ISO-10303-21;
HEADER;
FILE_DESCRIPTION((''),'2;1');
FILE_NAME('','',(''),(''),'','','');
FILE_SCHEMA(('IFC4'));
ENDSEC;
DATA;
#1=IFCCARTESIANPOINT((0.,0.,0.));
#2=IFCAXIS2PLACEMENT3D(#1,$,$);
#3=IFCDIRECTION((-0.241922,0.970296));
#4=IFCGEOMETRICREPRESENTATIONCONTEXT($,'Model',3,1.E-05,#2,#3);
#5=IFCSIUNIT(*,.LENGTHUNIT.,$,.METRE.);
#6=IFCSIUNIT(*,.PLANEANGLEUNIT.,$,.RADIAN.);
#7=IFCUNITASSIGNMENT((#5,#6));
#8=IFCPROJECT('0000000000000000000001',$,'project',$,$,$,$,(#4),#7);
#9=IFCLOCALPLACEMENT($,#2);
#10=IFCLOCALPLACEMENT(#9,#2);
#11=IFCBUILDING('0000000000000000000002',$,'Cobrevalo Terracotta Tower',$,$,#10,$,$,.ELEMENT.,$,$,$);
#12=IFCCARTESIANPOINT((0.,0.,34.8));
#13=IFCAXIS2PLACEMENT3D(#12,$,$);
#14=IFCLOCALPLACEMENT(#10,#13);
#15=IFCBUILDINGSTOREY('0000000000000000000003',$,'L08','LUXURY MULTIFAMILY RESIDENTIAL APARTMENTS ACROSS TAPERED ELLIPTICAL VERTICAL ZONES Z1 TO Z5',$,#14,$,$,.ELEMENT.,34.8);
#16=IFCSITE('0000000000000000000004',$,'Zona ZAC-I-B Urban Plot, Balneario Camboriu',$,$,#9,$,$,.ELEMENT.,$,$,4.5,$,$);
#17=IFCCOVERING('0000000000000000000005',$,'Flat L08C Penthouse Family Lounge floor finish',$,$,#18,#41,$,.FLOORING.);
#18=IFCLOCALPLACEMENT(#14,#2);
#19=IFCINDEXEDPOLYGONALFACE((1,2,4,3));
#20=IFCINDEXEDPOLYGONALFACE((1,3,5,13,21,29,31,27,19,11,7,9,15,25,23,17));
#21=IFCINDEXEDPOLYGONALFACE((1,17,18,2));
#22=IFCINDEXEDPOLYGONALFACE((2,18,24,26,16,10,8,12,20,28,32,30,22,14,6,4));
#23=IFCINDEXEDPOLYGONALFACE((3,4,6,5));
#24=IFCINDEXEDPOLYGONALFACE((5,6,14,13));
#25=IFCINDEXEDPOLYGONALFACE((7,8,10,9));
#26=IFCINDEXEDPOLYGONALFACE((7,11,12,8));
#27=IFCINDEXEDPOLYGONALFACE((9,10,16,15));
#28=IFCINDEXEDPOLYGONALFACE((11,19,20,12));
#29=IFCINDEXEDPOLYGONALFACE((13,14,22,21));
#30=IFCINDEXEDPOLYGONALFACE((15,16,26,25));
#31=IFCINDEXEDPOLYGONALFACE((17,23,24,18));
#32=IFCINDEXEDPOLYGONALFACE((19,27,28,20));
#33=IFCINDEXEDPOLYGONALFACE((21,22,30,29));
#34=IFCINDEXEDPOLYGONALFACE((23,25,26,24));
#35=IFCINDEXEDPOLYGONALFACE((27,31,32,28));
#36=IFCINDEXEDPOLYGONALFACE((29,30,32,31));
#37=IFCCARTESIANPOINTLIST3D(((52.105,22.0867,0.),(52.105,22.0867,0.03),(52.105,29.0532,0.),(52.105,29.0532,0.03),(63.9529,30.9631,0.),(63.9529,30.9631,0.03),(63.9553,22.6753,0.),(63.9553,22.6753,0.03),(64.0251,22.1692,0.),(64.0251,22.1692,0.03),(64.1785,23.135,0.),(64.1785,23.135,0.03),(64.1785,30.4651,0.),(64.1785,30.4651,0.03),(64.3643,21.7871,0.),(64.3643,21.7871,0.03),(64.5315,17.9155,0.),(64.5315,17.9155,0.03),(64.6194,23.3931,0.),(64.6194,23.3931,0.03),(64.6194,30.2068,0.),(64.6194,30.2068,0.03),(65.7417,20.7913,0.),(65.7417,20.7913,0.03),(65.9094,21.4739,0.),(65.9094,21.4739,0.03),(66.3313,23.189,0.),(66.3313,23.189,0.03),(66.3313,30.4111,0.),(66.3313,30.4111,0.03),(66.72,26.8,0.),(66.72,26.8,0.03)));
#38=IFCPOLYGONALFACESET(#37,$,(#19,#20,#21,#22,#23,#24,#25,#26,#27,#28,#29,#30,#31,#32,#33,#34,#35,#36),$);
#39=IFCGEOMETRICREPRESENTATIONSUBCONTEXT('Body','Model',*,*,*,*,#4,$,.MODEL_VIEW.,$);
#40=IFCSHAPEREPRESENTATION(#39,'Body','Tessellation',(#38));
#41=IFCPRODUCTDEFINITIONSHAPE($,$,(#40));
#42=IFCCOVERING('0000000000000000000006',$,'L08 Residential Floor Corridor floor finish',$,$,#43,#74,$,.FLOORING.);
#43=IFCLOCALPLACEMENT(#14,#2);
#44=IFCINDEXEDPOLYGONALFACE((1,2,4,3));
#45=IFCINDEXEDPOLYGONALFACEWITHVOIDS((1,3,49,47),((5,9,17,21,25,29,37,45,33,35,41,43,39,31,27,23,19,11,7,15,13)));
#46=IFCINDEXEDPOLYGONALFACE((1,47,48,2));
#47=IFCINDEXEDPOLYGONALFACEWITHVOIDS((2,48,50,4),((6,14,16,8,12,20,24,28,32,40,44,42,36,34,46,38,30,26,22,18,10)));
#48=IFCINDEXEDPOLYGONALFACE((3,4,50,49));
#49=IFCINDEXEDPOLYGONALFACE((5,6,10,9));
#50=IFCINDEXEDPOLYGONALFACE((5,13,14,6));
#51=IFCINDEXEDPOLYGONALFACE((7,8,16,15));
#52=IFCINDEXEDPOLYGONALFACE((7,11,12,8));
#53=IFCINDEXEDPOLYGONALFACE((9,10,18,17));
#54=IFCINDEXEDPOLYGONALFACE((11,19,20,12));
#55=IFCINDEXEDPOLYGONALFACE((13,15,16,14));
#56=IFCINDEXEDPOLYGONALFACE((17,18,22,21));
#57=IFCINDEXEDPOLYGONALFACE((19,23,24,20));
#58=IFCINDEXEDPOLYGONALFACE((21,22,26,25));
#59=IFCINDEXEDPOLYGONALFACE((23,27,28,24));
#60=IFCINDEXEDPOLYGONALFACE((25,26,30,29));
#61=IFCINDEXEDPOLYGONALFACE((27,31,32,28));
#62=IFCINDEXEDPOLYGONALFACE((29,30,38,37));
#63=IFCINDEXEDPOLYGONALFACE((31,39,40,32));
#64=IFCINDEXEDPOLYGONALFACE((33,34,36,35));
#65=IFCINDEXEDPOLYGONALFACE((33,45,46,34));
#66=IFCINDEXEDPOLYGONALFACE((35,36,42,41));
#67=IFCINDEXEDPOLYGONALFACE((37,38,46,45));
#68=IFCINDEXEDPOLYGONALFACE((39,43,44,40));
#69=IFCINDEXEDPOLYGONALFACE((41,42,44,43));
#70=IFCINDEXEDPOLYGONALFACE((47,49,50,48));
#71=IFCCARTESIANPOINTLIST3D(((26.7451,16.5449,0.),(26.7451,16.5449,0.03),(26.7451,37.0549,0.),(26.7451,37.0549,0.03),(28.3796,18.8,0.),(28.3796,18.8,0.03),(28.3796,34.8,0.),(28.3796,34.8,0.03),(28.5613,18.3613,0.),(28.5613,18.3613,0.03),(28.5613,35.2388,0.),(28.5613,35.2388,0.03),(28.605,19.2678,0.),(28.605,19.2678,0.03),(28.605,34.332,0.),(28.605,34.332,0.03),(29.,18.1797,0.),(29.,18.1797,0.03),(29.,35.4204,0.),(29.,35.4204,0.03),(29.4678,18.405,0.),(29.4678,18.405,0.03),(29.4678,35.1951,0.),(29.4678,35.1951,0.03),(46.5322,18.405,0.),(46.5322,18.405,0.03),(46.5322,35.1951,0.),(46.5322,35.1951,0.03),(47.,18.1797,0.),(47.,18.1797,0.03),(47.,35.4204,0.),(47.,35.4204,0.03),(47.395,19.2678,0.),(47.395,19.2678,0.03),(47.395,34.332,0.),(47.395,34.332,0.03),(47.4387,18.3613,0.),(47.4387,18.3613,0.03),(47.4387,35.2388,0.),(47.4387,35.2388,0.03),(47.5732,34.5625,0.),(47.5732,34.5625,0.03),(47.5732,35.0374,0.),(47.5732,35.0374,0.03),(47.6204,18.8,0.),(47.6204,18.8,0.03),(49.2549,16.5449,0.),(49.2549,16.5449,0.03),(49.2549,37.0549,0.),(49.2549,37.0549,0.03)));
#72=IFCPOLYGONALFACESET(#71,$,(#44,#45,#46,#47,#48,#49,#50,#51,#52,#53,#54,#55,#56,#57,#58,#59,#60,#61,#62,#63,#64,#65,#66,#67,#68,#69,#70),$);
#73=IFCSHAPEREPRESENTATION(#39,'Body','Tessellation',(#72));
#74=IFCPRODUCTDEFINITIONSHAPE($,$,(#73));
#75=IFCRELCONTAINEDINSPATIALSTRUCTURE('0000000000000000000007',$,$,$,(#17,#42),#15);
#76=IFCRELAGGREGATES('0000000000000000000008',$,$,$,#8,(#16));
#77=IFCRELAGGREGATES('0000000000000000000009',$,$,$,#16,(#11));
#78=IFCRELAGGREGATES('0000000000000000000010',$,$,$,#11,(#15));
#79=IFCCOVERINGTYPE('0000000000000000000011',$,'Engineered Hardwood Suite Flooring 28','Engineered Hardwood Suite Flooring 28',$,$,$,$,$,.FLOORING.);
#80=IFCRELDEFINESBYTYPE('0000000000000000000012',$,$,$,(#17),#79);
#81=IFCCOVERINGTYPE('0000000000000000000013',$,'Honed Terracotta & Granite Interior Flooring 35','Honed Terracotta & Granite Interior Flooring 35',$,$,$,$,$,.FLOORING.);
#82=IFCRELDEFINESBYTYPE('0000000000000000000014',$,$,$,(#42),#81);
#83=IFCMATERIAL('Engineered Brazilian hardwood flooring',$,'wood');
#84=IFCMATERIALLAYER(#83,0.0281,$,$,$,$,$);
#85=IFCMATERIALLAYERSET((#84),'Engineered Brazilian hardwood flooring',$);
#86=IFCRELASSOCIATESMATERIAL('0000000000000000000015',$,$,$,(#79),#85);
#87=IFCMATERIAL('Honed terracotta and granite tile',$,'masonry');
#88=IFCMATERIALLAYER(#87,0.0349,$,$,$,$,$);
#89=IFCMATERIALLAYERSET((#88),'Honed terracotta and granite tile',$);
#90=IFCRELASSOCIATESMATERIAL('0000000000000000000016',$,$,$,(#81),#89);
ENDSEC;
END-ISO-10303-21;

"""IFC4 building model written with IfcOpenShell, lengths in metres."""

from ifc_helpers import new_model, si_unit, direction, frame, origin, place, context, subcontext, project, spatial, polyline, outline, extrude, material, layer, layer_set, type_object, element, save


model = new_model("IFC4")

# Units and contexts
model_context = context("Model", 3, precision=1e-05, world=origin(), true_north=direction((-0.241922, 0.970296)))
body_context = subcontext(model_context, "Body", "Model", "MODEL_VIEW")
ifc_project = project(units=[si_unit("LENGTHUNIT", "METRE"), si_unit("PLANEANGLEUNIT", "RADIAN")], contexts=[model_context])

# Site, building, storey
site_placement = place(None, origin())
site = spatial("IfcSite", under=ifc_project, at=site_placement, Name="Zona ZAC-I-B Urban Plot, Balneario Camboriu", CompositionType="ELEMENT", RefElevation=4.5)
building_placement = place(site_placement, origin())
building = spatial("IfcBuilding", under=site, at=building_placement, Name="Cobrevalo Terracotta Tower", CompositionType="ELEMENT")
storey_placement = place(building_placement, frame((0.0, 0.0, 34.8)))
storey = spatial("IfcBuildingStorey", under=building, at=storey_placement, Name="L08", Description="LUXURY MULTIFAMILY RESIDENTIAL APARTMENTS ACROSS TAPERED ELLIPTICAL VERTICAL ZONES Z1 TO Z5", CompositionType="ELEMENT", Elevation=34.8)

# Coverings
ifc_material_1 = material(Name="Engineered Brazilian hardwood flooring", Category="wood")
ifc_layer_1 = layer(ifc_material_1, 0.0281)
ifc_layer_set_1 = layer_set([ifc_layer_1], Name="Engineered Brazilian hardwood flooring")
covering_type_1 = type_object("IfcCoveringType", Name="Engineered Hardwood Suite Flooring 28", Description="Engineered Hardwood Suite Flooring 28", PredefinedType="FLOORING", material=ifc_layer_set_1)
covering_1_placement = place(storey_placement, origin())
element("IfcCovering", 1, at=covering_1_placement, inside=storey, type_object=covering_type_1, Name="Flat L08C Penthouse Family Lounge floor finish", PredefinedType="FLOORING", context=body_context, shape_type="SweptSolid", body=[
    extrude(outline(polyline([(52.105, 22.0867), (52.105, 29.0532), (63.9529, 30.9631), (64.1785, 30.4651), (64.6194, 30.2068), (66.3313, 30.4111), (66.72, 26.8), (66.3313, 23.189), (64.6194, 23.3931), (64.1785, 23.135), (63.9553, 22.6753), (64.0251, 22.1692), (64.3643, 21.7871), (65.9094, 21.4739), (65.7417, 20.7913), (64.5315, 17.9155), (52.105, 22.0867)])), origin(), (0.0, 0.0, 1.0), 0.03),
])
ifc_material_2 = material(Name="Honed terracotta and granite tile", Category="masonry")
ifc_layer_2 = layer(ifc_material_2, 0.0349)
ifc_layer_set_2 = layer_set([ifc_layer_2], Name="Honed terracotta and granite tile")
covering_type_2 = type_object("IfcCoveringType", Name="Honed Terracotta & Granite Interior Flooring 35", Description="Honed Terracotta & Granite Interior Flooring 35", PredefinedType="FLOORING", material=ifc_layer_set_2)
covering_2_placement = place(storey_placement, origin())
element("IfcCovering", 2, at=covering_2_placement, inside=storey, type_object=covering_type_2, Name="L08 Residential Floor Corridor floor finish", PredefinedType="FLOORING", context=body_context, shape_type="SweptSolid", body=[
    extrude(outline(polyline([(49.2549, 37.0549), (49.2549, 16.5449), (26.7451, 16.5449), (26.7451, 37.0549), (49.2549, 37.0549)]), holes=[polyline([(47.395, 34.332), (47.5732, 34.5625), (47.5732, 35.0374), (47.4387, 35.2388), (47.0, 35.4204), (46.5322, 35.1951), (29.4678, 35.1951), (29.0, 35.4204), (28.5613, 35.2388), (28.3796, 34.8), (28.605, 34.332), (28.605, 19.2678), (28.3796, 18.8), (28.5613, 18.3613), (29.0, 18.1797), (29.4678, 18.405), (46.5322, 18.405), (47.0, 18.1797), (47.4387, 18.3613), (47.6204, 18.8), (47.395, 19.2678), (47.395, 34.332)])]), origin(), (0.0, 0.0, 1.0), 0.03),
])

save(model, "model.ifc")
